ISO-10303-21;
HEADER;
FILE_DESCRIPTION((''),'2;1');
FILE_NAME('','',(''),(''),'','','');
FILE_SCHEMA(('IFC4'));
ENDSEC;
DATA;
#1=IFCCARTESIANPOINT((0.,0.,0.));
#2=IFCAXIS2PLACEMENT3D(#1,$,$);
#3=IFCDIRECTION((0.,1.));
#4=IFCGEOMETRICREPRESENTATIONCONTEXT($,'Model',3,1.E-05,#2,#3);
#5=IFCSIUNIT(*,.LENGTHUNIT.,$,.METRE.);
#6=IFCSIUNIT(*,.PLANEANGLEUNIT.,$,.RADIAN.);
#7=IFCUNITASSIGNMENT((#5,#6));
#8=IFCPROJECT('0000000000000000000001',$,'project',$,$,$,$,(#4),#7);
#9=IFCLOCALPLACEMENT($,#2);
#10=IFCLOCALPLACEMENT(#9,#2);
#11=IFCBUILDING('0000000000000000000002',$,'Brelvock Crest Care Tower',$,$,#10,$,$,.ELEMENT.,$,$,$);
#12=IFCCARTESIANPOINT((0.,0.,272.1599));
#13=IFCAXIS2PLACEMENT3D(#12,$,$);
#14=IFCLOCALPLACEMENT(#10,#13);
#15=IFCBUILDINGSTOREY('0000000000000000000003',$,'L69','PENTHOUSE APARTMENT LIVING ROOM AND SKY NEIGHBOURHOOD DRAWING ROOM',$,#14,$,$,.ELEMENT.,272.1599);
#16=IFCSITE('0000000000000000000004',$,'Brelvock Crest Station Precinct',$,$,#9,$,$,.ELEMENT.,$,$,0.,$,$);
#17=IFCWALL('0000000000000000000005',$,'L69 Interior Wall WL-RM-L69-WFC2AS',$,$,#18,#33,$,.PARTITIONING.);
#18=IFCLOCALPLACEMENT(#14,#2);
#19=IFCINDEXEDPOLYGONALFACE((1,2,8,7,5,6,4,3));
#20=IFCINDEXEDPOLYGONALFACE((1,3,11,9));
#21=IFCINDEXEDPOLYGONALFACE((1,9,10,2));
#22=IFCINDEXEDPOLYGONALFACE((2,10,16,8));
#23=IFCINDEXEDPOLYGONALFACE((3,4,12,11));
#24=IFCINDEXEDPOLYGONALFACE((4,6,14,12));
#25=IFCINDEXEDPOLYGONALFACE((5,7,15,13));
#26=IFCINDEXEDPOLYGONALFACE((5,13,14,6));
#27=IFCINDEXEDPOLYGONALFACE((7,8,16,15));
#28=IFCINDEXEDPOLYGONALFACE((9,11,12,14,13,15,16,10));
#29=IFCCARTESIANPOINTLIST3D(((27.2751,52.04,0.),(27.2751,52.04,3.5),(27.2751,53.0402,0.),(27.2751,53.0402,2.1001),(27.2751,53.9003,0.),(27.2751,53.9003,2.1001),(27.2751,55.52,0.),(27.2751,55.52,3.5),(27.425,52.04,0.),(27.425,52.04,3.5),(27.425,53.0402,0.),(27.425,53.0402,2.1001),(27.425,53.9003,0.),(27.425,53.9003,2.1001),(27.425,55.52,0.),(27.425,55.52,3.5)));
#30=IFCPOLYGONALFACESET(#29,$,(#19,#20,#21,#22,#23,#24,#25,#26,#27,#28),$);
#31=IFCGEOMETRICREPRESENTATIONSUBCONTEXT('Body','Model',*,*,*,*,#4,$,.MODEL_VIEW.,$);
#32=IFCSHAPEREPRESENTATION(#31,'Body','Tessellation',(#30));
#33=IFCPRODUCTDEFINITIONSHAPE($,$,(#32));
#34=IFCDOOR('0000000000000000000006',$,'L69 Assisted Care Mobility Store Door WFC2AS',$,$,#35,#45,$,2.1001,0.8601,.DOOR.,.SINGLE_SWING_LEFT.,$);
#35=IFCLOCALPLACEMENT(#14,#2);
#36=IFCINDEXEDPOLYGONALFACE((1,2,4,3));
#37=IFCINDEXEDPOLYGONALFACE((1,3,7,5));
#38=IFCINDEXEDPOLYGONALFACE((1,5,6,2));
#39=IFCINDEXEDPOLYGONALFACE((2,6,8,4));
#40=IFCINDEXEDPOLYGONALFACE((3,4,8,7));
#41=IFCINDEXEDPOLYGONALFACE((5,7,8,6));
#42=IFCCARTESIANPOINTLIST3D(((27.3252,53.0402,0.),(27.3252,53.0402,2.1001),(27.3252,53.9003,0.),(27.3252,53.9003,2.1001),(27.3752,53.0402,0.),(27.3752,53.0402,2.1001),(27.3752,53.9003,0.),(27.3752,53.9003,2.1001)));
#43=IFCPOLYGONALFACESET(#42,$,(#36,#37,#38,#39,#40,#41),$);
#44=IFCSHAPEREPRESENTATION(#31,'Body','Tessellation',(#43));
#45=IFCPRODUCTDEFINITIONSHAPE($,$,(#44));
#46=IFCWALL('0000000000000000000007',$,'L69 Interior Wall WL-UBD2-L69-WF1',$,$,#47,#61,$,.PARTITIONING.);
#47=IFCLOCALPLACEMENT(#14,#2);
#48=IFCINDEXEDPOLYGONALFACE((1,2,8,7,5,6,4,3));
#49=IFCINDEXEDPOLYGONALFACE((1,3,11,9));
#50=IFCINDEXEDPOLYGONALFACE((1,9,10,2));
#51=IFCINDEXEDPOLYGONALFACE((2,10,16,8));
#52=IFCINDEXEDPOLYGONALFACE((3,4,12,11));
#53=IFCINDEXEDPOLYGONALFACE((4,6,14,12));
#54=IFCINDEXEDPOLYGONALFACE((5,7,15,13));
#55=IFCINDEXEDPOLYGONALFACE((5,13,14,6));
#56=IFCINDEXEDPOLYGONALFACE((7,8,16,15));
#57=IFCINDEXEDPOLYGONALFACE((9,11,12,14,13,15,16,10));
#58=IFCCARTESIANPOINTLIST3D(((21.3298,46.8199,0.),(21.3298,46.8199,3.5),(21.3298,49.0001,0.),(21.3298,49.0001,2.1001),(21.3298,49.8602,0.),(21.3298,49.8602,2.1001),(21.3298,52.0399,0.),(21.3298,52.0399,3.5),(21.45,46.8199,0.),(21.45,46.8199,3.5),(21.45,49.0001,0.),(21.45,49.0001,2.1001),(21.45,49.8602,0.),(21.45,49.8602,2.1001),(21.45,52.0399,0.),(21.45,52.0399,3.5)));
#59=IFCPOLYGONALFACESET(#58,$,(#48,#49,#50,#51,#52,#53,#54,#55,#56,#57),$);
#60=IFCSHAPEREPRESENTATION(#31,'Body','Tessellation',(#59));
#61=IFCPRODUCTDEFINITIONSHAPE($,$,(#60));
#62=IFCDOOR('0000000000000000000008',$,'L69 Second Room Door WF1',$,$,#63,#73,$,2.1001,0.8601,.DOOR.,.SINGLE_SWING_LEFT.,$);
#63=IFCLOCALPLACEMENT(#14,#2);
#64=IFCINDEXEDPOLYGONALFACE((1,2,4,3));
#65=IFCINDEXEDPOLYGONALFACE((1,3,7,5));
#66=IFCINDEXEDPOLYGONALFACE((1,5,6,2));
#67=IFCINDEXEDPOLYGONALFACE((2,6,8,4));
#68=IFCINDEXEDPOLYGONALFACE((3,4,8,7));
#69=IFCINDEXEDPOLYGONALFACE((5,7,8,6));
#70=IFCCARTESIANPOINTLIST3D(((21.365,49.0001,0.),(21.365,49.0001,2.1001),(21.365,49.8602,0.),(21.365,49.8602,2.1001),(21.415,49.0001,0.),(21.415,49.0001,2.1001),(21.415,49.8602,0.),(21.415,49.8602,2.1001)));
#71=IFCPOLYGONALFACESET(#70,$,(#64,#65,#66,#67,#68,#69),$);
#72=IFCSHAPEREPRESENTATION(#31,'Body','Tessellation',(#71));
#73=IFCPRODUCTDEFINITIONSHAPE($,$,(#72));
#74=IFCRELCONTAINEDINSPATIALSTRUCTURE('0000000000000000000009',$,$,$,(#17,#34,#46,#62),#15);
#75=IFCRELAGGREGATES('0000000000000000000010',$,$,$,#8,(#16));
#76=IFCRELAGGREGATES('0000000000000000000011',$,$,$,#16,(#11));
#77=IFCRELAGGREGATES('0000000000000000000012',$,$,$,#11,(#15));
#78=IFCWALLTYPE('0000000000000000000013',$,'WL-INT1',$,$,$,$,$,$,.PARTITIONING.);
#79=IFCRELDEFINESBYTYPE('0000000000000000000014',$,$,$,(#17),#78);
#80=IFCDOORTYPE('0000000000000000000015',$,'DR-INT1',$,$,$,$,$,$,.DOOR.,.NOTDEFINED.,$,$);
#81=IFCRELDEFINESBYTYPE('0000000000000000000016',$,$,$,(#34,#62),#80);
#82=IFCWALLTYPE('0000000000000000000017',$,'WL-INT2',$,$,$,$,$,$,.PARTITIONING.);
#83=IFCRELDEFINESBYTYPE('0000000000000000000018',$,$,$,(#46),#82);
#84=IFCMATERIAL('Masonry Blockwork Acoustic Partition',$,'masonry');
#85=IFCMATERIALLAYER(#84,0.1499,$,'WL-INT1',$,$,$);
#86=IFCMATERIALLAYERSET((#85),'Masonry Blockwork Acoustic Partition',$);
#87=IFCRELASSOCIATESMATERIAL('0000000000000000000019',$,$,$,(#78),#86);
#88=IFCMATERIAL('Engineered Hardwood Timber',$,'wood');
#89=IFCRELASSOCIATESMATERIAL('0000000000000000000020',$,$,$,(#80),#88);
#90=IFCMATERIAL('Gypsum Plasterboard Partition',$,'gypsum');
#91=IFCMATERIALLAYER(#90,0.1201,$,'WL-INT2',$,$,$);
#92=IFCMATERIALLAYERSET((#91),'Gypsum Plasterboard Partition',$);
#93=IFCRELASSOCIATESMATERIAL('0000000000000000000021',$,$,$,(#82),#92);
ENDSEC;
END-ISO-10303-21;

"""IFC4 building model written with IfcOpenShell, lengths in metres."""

from ifc_helpers import new_model, si_unit, direction, frame, frame_2d, origin, origin_2d, place, context, subcontext, project, spatial, rectangle, extrude, source, transform, mapped, material, layer, layer_set, type_object, element, fill, save


model = new_model("IFC4")

# Units and contexts
model_context = context("Model", 3, precision=1e-05, world=origin(), true_north=direction((0.0, 1.0)))
body_context = subcontext(model_context, "Body", "Model", "MODEL_VIEW")
ifc_project = project(units=[si_unit("LENGTHUNIT", "METRE"), si_unit("PLANEANGLEUNIT", "RADIAN")], contexts=[model_context])

# Site, building, storey
site_placement = place(None, origin())
site = spatial("IfcSite", under=ifc_project, at=site_placement, Name="Brelvock Crest Station Precinct", CompositionType="ELEMENT", RefElevation=0.0)
building_placement = place(site_placement, origin())
building = spatial("IfcBuilding", under=site, at=building_placement, Name="Brelvock Crest Care Tower", CompositionType="ELEMENT")
storey_placement = place(building_placement, frame((0.0, 0.0, 272.1599)))
storey = spatial("IfcBuildingStorey", under=building, at=storey_placement, Name="L69", Description="PENTHOUSE APARTMENT LIVING ROOM AND SKY NEIGHBOURHOOD DRAWING ROOM", CompositionType="ELEMENT", Elevation=272.1599)

# Walls, openings, doors
ifc_material_1 = material(Name="Masonry Blockwork Acoustic Partition", Category="masonry")
ifc_layer_1 = layer(ifc_material_1, 0.1499, Name="WL-INT1")
ifc_layer_set_1 = layer_set([ifc_layer_1], Name="Masonry Blockwork Acoustic Partition")
wall_type_1 = type_object("IfcWallType", Name="WL-INT1", PredefinedType="PARTITIONING", material=ifc_layer_set_1)
wall_1_placement = place(storey_placement, frame((27.3501, 52.04, 0.0), z_axis=(0.0, 0.0, 1.0), x_axis=(0.0, 1.0, 0.0)))
wall_1 = element("IfcWall", 1, at=wall_1_placement, inside=storey, type_object=wall_type_1, Name="L69 Interior Wall WL-RM-L69-WFC2AS", PredefinedType="PARTITIONING", context=body_context, shape_type="SweptSolid", body=[
    extrude(rectangle(XDim=3.48, YDim=0.1499, at=frame_2d((1.74, 0.0))), origin(), (0.0, 0.0, 1.0), 3.5),
])
opening_1_placement = place(wall_1_placement, frame((1.0, 0.0, 0.0)))
opening_1 = element("IfcOpeningElement", 2, at=opening_1_placement, cuts=wall_1, PredefinedType="OPENING", context=body_context, shape_type="SweptSolid", body=[
    extrude(rectangle(XDim=0.8601, YDim=2.1001, at=origin_2d()), frame((0.4302, 0.085, 1.05), z_axis=(0.0, -1.0, 0.0), x_axis=(1.0, 0.0, 0.0)), (0.0, 0.0, 1.0), 0.1699),
])
ifc_material_2 = material(Name="Engineered Hardwood Timber", Category="wood")
door_type = type_object("IfcDoorType", Name="DR-INT1", OperationType="NOTDEFINED", PredefinedType="DOOR", material=ifc_material_2)
shared_shape_1 = source(origin(), body_context, "Body", "SweptSolid", [
    extrude(rectangle(XDim=0.8601, YDim=2.1001, at=origin_2d()), frame((0.4302, 0.0249, 1.05), z_axis=(0.0, -1.0, 0.0), x_axis=(1.0, 0.0, 0.0)), (0.0, 0.0, 1.0), 0.05),
])
door_1_placement = place(opening_1_placement, origin())
door_1 = element("IfcDoor", 3, at=door_1_placement, inside=storey, type_object=door_type, Name="L69 Assisted Care Mobility Store Door WFC2AS", OperationType="SINGLE_SWING_LEFT", OverallHeight=2.1001, OverallWidth=0.8601, PredefinedType="DOOR", context=body_context, shape_type="MappedRepresentation", body=[
    mapped(shared_shape_1, transform((0.0, 0.0, 0.0), x_axis=(1.0, 0.0, 0.0), y_axis=(0.0, 1.0, 0.0), z_axis=(0.0, 0.0, 1.0), scale=1.0)),
])
fill(opening_1, door_1)
ifc_material_3 = material(Name="Gypsum Plasterboard Partition", Category="gypsum")
ifc_layer_2 = layer(ifc_material_3, 0.1201, Name="WL-INT2")
ifc_layer_set_2 = layer_set([ifc_layer_2], Name="Gypsum Plasterboard Partition")
wall_type_2 = type_object("IfcWallType", Name="WL-INT2", PredefinedType="PARTITIONING", material=ifc_layer_set_2)
wall_2_placement = place(storey_placement, frame((21.3899, 46.8201, 0.0), z_axis=(0.0, 0.0, 1.0), x_axis=(0.0, 1.0, 0.0)))
wall_2 = element("IfcWall", 4, at=wall_2_placement, inside=storey, type_object=wall_type_2, Name="L69 Interior Wall WL-UBD2-L69-WF1", PredefinedType="PARTITIONING", context=body_context, shape_type="SweptSolid", body=[
    extrude(rectangle(XDim=5.22, YDim=0.1201, at=frame_2d((2.6099, 0.0))), origin(), (0.0, 0.0, 1.0), 3.5),
])
opening_2_placement = place(wall_2_placement, frame((2.1799, 0.0, 0.0)))
opening_2 = element("IfcOpeningElement", 5, at=opening_2_placement, cuts=wall_2, PredefinedType="OPENING", context=body_context, shape_type="SweptSolid", body=[
    extrude(rectangle(XDim=0.8601, YDim=2.1001, at=origin_2d()), frame((0.4302, 0.0701, 1.05), z_axis=(0.0, -1.0, 0.0), x_axis=(1.0, 0.0, 0.0)), (0.0, 0.0, 1.0), 0.1401),
])
door_2_placement = place(opening_2_placement, origin())
door_2 = element("IfcDoor", 6, at=door_2_placement, inside=storey, type_object=door_type, Name="L69 Second Room Door WF1", OperationType="SINGLE_SWING_LEFT", OverallHeight=2.1001, OverallWidth=0.8601, PredefinedType="DOOR", context=body_context, shape_type="MappedRepresentation", body=[
    mapped(shared_shape_1, transform((0.0, 0.0, 0.0), x_axis=(1.0, 0.0, 0.0), y_axis=(0.0, 1.0, 0.0), z_axis=(0.0, 0.0, 1.0), scale=1.0)),
])
fill(opening_2, door_2)

save(model, "model.ifc")
